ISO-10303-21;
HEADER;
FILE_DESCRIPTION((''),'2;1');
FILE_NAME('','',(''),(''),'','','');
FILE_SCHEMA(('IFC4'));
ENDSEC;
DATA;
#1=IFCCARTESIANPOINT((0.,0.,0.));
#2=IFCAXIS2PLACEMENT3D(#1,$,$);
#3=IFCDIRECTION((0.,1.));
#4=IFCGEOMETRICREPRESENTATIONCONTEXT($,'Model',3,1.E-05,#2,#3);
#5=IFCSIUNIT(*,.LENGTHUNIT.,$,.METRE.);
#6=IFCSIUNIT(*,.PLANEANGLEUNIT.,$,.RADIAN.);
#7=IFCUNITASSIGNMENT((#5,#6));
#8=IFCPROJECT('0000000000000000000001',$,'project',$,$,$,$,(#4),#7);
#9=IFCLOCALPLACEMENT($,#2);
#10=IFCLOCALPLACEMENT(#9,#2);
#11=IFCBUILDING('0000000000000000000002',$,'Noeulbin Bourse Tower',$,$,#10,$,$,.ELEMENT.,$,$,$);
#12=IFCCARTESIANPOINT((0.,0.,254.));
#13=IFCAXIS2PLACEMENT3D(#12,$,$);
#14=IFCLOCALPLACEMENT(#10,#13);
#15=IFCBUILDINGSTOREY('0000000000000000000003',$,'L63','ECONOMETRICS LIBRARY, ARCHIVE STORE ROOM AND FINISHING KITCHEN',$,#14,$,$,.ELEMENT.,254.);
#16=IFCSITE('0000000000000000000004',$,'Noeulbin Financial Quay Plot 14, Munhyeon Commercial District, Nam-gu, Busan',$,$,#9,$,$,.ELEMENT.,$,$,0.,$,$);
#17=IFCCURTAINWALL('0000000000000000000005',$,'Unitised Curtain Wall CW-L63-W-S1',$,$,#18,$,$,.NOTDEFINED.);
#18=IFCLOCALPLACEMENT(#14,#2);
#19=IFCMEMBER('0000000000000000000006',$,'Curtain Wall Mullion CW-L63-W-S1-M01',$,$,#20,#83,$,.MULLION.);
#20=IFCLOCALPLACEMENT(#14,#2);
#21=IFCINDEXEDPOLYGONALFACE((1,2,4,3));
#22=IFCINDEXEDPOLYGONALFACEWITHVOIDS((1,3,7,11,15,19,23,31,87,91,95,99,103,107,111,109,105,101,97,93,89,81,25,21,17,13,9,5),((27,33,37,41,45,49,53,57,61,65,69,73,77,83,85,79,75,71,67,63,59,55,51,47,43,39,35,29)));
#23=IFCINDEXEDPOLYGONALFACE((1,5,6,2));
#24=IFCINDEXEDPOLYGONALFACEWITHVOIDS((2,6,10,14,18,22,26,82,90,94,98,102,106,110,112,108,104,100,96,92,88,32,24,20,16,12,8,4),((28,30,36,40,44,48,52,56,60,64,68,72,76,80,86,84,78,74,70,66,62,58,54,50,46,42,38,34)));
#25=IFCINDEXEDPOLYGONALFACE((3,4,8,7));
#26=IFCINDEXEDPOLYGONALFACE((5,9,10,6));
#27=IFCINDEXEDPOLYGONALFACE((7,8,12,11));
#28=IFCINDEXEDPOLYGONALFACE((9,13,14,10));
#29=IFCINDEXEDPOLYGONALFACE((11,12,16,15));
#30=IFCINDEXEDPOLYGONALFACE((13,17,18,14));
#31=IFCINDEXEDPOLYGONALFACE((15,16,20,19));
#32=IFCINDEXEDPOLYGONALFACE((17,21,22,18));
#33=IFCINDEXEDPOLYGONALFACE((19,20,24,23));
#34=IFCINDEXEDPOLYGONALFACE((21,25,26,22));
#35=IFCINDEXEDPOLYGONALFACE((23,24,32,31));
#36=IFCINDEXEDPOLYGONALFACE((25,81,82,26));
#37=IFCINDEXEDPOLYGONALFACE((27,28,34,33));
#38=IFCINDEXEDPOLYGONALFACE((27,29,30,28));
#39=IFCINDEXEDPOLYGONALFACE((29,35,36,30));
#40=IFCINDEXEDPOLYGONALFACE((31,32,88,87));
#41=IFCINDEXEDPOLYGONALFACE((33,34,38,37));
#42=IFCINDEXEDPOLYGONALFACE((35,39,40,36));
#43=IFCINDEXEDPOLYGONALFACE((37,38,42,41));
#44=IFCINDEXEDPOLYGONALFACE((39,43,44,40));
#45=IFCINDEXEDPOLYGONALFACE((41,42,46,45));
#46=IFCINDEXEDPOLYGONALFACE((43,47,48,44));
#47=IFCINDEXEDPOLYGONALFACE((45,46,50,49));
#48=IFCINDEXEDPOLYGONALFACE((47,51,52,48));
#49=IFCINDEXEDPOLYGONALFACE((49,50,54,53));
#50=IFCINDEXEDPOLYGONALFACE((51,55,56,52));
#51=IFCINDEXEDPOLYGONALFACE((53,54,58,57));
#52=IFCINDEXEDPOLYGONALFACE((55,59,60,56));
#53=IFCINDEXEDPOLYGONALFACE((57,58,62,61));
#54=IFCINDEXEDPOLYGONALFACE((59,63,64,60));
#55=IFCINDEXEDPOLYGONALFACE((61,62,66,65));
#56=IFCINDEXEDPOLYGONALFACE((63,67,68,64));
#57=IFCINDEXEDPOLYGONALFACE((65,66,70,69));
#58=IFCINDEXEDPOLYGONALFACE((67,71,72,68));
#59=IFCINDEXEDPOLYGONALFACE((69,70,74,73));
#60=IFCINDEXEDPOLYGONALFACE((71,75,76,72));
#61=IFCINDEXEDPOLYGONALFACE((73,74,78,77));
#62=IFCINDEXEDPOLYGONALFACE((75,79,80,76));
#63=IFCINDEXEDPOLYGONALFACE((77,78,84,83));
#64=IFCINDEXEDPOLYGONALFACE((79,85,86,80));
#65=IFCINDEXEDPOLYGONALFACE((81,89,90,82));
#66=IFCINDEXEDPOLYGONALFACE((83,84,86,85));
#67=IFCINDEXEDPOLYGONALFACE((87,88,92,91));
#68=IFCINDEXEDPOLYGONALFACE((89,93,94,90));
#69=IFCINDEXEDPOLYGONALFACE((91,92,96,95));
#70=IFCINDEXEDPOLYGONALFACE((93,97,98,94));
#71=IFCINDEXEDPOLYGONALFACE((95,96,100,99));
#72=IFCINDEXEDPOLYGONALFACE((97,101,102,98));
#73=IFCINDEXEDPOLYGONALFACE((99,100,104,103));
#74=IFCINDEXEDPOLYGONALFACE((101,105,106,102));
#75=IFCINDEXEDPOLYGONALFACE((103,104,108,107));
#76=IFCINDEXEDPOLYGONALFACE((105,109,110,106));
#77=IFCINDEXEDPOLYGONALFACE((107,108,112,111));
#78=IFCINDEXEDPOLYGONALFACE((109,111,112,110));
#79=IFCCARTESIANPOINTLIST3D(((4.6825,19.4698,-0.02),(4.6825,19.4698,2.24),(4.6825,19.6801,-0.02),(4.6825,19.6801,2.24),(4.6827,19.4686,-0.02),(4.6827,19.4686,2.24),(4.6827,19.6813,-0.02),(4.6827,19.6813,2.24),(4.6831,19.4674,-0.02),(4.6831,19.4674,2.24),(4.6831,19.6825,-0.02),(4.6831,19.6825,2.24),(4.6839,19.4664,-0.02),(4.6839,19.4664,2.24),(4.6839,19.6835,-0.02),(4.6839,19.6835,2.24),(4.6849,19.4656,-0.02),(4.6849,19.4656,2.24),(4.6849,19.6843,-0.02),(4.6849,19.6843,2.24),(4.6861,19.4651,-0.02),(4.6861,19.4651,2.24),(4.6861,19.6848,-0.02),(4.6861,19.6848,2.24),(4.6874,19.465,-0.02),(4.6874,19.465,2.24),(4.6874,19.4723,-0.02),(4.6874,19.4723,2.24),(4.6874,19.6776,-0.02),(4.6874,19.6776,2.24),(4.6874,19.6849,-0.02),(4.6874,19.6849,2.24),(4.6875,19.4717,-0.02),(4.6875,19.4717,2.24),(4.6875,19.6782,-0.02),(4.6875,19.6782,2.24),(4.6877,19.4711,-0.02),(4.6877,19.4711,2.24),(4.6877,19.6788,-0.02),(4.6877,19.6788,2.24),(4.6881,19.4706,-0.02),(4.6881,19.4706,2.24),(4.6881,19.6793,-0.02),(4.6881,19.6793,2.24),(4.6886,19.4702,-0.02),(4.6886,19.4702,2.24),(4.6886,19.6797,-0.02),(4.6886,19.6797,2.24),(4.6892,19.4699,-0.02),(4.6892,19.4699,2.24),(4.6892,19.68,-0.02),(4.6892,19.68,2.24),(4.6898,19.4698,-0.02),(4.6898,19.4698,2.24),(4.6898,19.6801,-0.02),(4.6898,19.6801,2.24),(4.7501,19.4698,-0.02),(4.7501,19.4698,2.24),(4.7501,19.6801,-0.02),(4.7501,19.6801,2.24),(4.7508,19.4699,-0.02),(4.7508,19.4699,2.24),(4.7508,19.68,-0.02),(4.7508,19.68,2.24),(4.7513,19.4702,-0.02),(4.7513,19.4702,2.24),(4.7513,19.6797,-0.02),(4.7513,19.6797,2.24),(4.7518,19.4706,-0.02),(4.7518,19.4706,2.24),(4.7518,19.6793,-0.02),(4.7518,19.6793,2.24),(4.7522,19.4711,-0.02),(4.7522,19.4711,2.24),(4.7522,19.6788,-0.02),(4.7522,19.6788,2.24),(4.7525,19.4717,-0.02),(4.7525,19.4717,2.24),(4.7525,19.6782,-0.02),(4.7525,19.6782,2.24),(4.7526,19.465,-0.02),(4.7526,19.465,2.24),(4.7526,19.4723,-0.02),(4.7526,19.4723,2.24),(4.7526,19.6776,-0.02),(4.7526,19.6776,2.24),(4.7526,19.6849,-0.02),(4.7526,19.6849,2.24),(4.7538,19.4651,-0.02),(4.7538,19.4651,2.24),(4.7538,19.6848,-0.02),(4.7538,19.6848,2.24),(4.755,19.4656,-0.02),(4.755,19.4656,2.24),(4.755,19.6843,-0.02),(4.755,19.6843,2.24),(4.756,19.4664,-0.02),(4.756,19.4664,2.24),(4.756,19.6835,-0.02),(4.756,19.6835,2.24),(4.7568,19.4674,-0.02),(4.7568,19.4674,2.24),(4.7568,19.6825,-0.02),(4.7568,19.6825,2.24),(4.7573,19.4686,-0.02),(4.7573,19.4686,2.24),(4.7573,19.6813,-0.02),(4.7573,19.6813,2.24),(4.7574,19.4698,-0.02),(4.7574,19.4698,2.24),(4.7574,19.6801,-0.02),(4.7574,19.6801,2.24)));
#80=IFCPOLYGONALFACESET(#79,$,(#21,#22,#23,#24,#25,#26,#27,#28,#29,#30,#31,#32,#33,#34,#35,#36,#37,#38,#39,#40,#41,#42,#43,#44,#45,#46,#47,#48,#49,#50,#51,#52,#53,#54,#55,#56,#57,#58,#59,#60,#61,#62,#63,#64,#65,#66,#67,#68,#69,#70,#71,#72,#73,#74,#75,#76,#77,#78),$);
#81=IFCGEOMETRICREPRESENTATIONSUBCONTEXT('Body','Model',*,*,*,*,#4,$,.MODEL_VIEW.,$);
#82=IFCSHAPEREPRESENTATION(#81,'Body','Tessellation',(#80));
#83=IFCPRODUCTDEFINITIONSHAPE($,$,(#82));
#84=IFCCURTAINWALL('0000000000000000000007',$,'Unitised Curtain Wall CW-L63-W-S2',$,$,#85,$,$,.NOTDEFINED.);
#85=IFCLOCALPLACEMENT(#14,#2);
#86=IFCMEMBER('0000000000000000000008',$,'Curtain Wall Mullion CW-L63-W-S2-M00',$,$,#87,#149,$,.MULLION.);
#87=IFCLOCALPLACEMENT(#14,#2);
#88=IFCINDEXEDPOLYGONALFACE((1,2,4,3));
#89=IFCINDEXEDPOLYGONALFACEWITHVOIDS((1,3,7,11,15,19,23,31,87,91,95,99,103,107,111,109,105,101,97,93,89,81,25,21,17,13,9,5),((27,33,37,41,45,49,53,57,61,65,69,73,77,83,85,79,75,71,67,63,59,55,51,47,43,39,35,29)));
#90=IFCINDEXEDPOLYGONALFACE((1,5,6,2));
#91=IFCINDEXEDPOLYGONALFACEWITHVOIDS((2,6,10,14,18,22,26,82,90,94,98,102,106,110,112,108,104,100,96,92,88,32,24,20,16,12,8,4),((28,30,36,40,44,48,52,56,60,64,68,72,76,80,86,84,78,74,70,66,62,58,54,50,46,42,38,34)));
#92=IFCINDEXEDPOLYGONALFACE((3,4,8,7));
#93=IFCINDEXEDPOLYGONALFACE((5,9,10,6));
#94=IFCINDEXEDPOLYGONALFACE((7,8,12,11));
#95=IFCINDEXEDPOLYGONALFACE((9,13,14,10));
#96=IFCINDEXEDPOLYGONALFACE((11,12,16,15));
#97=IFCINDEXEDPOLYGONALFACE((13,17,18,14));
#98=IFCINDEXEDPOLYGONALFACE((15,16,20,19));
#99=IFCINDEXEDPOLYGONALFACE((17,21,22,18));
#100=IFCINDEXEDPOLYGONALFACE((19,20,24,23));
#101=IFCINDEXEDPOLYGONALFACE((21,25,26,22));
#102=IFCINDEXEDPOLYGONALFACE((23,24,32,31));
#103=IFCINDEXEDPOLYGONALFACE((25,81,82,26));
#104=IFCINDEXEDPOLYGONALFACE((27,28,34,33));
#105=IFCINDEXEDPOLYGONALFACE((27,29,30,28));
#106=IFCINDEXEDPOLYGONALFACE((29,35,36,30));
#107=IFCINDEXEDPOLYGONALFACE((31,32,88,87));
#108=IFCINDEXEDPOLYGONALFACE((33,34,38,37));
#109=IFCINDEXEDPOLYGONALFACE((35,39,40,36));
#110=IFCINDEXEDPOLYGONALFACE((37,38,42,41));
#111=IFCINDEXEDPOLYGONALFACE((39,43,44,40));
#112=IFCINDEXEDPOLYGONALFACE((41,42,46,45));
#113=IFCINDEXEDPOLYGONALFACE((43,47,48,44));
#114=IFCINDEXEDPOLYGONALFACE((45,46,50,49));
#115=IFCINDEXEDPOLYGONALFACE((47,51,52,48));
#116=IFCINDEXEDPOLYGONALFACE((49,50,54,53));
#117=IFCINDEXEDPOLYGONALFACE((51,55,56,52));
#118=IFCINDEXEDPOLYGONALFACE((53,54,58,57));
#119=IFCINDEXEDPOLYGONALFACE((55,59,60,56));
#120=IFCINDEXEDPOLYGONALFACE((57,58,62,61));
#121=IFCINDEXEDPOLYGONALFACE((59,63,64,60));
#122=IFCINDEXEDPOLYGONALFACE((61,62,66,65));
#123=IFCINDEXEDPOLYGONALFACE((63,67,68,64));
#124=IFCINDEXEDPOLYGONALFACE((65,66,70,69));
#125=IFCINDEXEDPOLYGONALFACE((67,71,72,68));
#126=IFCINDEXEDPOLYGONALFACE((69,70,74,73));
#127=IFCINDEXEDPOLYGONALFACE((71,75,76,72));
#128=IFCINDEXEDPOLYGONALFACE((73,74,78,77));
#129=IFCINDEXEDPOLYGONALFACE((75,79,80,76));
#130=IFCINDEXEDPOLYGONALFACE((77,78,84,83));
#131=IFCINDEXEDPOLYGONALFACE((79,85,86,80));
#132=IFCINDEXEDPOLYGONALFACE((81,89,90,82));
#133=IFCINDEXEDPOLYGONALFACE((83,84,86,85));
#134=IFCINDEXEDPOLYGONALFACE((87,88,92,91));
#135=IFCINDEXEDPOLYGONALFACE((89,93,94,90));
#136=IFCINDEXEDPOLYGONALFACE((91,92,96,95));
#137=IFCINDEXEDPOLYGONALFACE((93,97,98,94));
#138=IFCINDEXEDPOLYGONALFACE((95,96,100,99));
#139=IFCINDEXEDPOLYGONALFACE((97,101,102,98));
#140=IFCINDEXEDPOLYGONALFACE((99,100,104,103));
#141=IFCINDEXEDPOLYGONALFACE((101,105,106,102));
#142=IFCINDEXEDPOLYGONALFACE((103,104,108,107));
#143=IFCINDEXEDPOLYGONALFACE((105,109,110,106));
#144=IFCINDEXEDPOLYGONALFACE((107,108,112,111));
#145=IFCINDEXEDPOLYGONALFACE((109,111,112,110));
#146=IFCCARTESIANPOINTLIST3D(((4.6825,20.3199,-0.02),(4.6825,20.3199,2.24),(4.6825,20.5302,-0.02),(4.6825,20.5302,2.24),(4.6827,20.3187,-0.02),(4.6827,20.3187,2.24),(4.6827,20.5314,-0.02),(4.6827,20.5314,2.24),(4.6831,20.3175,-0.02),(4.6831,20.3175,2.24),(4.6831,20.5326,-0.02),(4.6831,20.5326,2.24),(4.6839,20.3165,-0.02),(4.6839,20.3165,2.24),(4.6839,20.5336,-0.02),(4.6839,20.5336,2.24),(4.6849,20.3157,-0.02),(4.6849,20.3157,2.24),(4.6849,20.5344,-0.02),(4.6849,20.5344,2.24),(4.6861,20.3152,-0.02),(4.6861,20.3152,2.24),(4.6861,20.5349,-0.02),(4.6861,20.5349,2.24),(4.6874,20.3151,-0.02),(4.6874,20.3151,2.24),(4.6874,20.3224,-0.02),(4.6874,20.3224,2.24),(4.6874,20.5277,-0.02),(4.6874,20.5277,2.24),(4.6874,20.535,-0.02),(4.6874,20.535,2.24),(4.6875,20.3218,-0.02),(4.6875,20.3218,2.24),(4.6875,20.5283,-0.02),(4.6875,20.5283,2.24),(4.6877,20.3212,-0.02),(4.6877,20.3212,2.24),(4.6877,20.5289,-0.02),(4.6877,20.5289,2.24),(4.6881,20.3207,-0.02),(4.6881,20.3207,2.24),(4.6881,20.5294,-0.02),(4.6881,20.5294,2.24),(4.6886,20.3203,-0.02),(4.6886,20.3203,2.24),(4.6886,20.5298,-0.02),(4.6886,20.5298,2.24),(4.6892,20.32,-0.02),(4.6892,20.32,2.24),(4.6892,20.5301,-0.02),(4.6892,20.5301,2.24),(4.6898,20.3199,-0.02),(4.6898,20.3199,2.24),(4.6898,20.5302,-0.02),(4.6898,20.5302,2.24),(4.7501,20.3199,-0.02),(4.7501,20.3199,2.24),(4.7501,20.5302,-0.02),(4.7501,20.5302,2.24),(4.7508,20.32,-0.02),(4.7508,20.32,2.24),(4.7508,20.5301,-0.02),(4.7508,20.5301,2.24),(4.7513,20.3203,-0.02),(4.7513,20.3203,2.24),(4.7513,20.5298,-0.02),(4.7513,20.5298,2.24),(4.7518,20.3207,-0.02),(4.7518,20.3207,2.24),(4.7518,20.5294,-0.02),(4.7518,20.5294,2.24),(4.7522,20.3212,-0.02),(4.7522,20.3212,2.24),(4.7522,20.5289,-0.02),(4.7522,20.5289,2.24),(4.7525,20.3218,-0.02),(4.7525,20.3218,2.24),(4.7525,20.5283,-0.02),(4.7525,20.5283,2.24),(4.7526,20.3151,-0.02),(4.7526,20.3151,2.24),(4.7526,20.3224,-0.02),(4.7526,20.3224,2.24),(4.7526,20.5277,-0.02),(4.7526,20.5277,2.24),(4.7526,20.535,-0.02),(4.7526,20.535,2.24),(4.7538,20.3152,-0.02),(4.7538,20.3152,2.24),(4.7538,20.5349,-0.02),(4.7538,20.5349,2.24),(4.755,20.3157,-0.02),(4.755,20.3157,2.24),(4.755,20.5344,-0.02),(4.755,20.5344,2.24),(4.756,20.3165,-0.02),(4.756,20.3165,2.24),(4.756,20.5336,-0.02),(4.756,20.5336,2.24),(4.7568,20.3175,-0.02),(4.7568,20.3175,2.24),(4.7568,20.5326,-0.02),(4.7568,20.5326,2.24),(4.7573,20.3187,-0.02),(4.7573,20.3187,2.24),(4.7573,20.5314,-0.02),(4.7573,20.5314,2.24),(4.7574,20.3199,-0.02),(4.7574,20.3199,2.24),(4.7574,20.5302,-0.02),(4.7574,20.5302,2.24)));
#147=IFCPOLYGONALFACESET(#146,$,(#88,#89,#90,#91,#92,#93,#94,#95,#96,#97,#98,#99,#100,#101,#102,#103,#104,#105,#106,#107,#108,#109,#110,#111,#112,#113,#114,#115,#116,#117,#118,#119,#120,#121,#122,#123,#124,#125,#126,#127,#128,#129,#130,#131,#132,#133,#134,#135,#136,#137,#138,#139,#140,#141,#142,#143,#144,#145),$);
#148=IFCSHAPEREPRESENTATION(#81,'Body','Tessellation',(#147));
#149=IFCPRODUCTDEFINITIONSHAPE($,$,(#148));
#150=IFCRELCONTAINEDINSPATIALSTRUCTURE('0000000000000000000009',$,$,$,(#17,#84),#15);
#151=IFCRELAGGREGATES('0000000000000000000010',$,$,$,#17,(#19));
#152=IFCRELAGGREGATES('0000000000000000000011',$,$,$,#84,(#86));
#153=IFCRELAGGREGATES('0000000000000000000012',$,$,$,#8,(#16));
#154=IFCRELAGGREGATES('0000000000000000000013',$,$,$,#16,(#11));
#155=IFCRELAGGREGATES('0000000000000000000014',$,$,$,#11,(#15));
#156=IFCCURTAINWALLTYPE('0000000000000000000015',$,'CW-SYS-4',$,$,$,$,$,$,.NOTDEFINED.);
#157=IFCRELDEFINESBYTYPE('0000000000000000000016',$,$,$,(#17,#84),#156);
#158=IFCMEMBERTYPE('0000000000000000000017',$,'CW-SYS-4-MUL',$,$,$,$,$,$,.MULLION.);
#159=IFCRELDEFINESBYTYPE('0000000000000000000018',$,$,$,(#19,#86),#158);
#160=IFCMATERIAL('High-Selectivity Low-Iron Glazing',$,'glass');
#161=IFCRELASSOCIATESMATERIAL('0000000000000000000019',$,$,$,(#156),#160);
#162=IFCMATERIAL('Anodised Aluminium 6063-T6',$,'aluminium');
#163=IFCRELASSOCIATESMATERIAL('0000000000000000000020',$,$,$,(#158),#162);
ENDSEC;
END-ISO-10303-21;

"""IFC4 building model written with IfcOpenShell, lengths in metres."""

from ifc_helpers import new_model, si_unit, direction, frame, origin, origin_2d, place, context, subcontext, project, spatial, hollow_rectangle, extrude, material, material_profile, profile_set, type_object, element, aggregate, save


model = new_model("IFC4")

# Units and contexts
model_context = context("Model", 3, precision=1e-05, world=origin(), true_north=direction((0.0, 1.0)))
body_context = subcontext(model_context, "Body", "Model", "MODEL_VIEW")
ifc_project = project(units=[si_unit("LENGTHUNIT", "METRE"), si_unit("PLANEANGLEUNIT", "RADIAN")], contexts=[model_context])

# Site, building, storey
site_placement = place(None, origin())
site = spatial("IfcSite", under=ifc_project, at=site_placement, Name="Noeulbin Financial Quay Plot 14, Munhyeon Commercial District, Nam-gu, Busan", CompositionType="ELEMENT", RefElevation=0.0)
building_placement = place(site_placement, origin())
building = spatial("IfcBuilding", under=site, at=building_placement, Name="Noeulbin Bourse Tower", CompositionType="ELEMENT")
storey_placement = place(building_placement, frame((0.0, 0.0, 254.0)))
storey = spatial("IfcBuildingStorey", under=building, at=storey_placement, Name="L63", Description="ECONOMETRICS LIBRARY, ARCHIVE STORE ROOM AND FINISHING KITCHEN", CompositionType="ELEMENT", Elevation=254.0)

# Curtain wall, member
ifc_material_1 = material(Name="High-Selectivity Low-Iron Glazing", Category="glass")
curtain_wall_type = type_object("IfcCurtainWallType", Name="CW-SYS-4", PredefinedType="NOTDEFINED", material=ifc_material_1)
curtain_wall_1_placement = place(storey_placement, origin())
curtain_wall_1 = element("IfcCurtainWall", 1, at=curtain_wall_1_placement, inside=storey, type_object=curtain_wall_type, Name="Unitised Curtain Wall CW-L63-W-S1", PredefinedType="NOTDEFINED")
ifc_material_2 = material(Name="Anodised Aluminium 6063-T6", Category="aluminium")
ifc_material_profile_1 = material_profile(ifc_material_2, hollow_rectangle(XDim=0.075, YDim=0.22, WallThickness=0.0049, InnerFilletRadius=0.0024, OuterFilletRadius=0.0049, at=origin_2d()), Name="ALU-MULL-75x220x5", Category="LoadBearing")
ifc_profile_set_1 = profile_set([ifc_material_profile_1], Name="Anodised Aluminium 6063-T6")
member_type_1 = type_object("IfcMemberType", Name="CW-SYS-4-MUL", PredefinedType="MULLION", material=ifc_profile_set_1)
member_1_placement = place(storey_placement, frame((4.72, 19.575, -0.02), z_axis=(0.0, 0.0, 1.0), x_axis=(1.0, 0.0, 0.0)))
member_1 = element("IfcMember", 2, at=member_1_placement, type_object=member_type_1, Name="Curtain Wall Mullion CW-L63-W-S1-M01", PredefinedType="MULLION", context=body_context, shape_type="SweptSolid", body=[
    extrude(hollow_rectangle(XDim=0.075, YDim=0.22, WallThickness=0.0049, InnerFilletRadius=0.0024, OuterFilletRadius=0.0049, at=origin_2d()), origin(), (0.0, 0.0, 1.0), 2.26),
])

# Curtain wall, member
curtain_wall_2_placement = place(storey_placement, origin())
curtain_wall_2 = element("IfcCurtainWall", 3, at=curtain_wall_2_placement, inside=storey, type_object=curtain_wall_type, Name="Unitised Curtain Wall CW-L63-W-S2", PredefinedType="NOTDEFINED")
member_2_placement = place(storey_placement, frame((4.72, 20.425, -0.02), z_axis=(0.0, 0.0, 1.0), x_axis=(1.0, 0.0, 0.0)))
member_2 = element("IfcMember", 4, at=member_2_placement, type_object=member_type_1, Name="Curtain Wall Mullion CW-L63-W-S2-M00", PredefinedType="MULLION", context=body_context, shape_type="SweptSolid", body=[
    extrude(hollow_rectangle(XDim=0.075, YDim=0.22, WallThickness=0.0049, InnerFilletRadius=0.0024, OuterFilletRadius=0.0049, at=origin_2d()), origin(), (0.0, 0.0, 1.0), 2.26),
])

aggregate(curtain_wall_1, [member_1])
aggregate(curtain_wall_2, [member_2])

save(model, "model.ifc")
